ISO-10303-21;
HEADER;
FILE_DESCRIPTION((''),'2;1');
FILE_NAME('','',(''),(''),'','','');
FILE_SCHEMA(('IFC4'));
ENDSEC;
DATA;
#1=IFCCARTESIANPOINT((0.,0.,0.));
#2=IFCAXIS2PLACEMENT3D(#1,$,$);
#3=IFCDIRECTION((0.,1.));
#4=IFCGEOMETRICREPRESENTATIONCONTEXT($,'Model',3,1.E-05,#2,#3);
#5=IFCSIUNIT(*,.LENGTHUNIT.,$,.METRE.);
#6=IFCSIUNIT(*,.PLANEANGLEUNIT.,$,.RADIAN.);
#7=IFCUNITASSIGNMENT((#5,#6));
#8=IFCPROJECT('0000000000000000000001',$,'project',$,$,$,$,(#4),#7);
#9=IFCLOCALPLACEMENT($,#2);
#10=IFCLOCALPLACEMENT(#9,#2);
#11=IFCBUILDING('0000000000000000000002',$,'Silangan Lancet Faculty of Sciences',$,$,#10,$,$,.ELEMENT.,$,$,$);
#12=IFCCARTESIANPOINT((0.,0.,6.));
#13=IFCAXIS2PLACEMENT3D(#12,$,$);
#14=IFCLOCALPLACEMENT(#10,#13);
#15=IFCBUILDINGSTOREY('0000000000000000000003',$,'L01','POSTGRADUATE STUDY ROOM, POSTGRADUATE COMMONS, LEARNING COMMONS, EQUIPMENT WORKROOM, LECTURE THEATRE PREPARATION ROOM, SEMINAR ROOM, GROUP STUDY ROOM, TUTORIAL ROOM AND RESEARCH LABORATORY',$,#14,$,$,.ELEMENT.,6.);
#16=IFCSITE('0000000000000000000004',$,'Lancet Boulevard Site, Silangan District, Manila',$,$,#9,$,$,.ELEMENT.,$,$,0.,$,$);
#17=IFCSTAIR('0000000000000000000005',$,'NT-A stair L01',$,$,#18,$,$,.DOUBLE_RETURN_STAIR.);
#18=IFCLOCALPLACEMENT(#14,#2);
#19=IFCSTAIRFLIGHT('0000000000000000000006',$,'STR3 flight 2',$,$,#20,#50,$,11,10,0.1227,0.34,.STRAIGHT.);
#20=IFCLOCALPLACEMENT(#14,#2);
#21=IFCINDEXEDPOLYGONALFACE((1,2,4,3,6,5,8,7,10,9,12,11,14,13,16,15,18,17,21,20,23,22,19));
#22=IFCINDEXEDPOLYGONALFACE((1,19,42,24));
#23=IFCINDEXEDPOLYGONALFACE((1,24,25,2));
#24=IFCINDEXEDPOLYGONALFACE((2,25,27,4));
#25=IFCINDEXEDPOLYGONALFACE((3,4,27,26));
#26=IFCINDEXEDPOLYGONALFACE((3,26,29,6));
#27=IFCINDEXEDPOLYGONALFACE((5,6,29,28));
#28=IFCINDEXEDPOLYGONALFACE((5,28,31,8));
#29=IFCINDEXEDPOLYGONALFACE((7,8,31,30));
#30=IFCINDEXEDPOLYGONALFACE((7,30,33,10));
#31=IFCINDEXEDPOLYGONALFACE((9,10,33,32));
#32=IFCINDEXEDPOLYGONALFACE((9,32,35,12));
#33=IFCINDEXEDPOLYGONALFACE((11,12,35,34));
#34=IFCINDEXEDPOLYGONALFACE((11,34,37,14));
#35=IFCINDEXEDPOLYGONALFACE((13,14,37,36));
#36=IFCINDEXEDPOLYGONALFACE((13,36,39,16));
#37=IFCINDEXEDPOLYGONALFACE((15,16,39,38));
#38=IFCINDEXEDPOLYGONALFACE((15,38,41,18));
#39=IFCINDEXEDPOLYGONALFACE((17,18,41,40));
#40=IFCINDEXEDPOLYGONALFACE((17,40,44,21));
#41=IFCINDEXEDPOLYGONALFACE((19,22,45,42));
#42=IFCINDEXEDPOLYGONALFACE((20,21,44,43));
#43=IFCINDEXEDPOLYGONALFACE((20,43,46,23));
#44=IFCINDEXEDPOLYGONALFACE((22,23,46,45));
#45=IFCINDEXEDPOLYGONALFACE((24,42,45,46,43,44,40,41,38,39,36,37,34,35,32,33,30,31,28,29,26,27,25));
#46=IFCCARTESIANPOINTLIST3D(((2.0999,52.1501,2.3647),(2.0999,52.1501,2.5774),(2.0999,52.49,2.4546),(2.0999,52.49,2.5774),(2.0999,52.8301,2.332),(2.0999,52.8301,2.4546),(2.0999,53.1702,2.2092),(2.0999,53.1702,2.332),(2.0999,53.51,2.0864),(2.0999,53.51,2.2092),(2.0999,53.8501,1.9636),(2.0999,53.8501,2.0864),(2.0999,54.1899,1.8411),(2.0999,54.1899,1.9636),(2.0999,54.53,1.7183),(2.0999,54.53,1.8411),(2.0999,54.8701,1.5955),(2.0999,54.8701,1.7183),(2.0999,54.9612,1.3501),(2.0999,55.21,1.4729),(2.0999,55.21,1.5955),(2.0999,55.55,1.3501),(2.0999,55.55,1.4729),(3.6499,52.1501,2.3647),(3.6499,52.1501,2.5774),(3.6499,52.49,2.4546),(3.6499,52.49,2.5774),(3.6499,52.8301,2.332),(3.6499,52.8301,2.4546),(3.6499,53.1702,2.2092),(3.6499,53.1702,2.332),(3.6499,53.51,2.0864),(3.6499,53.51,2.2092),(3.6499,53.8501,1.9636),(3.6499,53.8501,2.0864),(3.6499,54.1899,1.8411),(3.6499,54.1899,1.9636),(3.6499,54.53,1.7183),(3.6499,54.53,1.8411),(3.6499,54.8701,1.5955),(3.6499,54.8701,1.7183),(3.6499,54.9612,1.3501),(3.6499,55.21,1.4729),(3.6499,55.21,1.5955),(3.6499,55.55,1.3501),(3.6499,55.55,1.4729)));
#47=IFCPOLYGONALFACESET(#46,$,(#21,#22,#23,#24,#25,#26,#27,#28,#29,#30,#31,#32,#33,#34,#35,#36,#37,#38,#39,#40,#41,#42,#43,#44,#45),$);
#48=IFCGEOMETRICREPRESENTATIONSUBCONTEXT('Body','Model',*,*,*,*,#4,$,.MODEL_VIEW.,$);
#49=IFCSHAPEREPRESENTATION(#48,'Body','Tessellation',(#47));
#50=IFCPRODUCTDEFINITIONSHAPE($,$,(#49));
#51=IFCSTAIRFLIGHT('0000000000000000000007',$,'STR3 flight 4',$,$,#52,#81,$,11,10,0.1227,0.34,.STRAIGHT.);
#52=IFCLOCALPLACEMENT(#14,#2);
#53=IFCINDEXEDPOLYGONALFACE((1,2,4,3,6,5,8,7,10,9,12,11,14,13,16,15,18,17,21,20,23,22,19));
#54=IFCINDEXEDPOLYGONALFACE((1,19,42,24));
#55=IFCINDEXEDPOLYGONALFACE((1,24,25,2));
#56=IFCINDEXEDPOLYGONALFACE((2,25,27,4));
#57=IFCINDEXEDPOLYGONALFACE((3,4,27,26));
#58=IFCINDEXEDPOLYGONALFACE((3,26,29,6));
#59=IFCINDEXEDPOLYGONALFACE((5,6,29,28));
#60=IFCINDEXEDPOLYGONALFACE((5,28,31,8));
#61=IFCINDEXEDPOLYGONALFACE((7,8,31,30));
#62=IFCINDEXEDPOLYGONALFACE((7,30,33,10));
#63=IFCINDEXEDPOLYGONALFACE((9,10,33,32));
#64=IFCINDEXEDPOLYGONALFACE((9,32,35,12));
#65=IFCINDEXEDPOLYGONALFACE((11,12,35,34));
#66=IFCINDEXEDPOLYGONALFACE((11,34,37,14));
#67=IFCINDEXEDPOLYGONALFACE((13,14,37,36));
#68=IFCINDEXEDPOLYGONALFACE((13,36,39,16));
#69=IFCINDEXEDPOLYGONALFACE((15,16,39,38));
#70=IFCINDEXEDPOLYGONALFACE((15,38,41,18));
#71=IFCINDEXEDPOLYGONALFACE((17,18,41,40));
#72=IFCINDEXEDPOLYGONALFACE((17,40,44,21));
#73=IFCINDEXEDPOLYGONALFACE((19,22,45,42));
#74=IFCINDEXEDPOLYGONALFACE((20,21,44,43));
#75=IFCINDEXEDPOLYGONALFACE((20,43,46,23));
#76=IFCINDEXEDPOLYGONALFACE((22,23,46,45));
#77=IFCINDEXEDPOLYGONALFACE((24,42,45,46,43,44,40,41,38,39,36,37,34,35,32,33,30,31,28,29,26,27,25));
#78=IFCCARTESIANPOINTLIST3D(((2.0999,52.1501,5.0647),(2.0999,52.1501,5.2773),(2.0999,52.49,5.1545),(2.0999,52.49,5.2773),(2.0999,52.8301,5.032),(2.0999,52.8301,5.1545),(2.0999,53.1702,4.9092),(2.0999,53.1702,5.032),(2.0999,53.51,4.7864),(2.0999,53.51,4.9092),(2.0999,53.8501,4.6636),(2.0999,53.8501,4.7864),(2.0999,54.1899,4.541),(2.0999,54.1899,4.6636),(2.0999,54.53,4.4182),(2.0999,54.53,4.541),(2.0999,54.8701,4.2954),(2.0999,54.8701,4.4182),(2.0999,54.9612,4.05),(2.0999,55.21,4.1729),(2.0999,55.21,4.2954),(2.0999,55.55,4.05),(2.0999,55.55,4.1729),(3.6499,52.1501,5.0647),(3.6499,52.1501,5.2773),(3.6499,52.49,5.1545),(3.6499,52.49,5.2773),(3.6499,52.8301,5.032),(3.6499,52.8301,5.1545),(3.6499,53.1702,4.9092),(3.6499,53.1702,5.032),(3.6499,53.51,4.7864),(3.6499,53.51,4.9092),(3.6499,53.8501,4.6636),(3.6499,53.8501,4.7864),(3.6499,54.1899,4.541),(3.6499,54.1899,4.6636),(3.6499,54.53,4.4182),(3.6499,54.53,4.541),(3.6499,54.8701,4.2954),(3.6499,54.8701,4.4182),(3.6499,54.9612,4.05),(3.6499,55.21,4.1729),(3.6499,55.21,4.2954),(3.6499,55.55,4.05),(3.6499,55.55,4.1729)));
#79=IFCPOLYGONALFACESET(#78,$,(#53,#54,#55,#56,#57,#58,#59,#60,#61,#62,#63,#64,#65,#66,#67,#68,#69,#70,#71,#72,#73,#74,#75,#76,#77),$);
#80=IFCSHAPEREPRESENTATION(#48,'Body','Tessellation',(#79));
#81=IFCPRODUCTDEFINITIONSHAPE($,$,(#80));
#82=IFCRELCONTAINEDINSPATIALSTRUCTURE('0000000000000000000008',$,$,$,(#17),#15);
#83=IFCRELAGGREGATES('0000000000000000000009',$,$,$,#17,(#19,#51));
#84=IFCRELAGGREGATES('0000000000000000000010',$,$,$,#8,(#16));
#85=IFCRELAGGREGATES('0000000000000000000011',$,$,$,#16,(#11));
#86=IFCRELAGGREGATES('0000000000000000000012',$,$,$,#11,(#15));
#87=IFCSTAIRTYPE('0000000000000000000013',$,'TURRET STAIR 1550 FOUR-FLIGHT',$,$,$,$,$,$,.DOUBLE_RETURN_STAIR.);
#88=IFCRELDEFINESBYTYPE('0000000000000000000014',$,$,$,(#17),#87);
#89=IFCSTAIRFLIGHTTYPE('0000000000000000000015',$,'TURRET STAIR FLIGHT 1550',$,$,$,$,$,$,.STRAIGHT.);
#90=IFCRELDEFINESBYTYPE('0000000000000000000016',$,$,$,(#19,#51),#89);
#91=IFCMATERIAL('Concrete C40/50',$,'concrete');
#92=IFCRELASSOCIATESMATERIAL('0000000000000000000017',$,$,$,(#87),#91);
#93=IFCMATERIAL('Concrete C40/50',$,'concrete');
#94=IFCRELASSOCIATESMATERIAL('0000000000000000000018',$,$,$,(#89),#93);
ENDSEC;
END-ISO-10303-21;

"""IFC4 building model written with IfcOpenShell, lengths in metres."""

from ifc_helpers import new_model, si_unit, direction, frame, origin, place, context, subcontext, project, spatial, polyline, outline, extrude, material, type_object, element, aggregate, save


model = new_model("IFC4")

# Units and contexts
model_context = context("Model", 3, precision=1e-05, world=origin(), true_north=direction((0.0, 1.0)))
body_context = subcontext(model_context, "Body", "Model", "MODEL_VIEW")
ifc_project = project(units=[si_unit("LENGTHUNIT", "METRE"), si_unit("PLANEANGLEUNIT", "RADIAN")], contexts=[model_context])

# Site, building, storey
site_placement = place(None, origin())
site = spatial("IfcSite", under=ifc_project, at=site_placement, Name="Lancet Boulevard Site, Silangan District, Manila", CompositionType="ELEMENT", RefElevation=0.0)
building_placement = place(site_placement, origin())
building = spatial("IfcBuilding", under=site, at=building_placement, Name="Silangan Lancet Faculty of Sciences", CompositionType="ELEMENT")
storey_placement = place(building_placement, frame((0.0, 0.0, 6.0)))
storey = spatial("IfcBuildingStorey", under=building, at=storey_placement, Name="L01", Description="POSTGRADUATE STUDY ROOM, POSTGRADUATE COMMONS, LEARNING COMMONS, EQUIPMENT WORKROOM, LECTURE THEATRE PREPARATION ROOM, SEMINAR ROOM, GROUP STUDY ROOM, TUTORIAL ROOM AND RESEARCH LABORATORY", CompositionType="ELEMENT", Elevation=6.0)

# Stair, stair flights
ifc_material_1 = material(Name="Concrete C40/50", Category="concrete")
stair_type = type_object("IfcStairType", Name="TURRET STAIR 1550 FOUR-FLIGHT", PredefinedType="DOUBLE_RETURN_STAIR", material=ifc_material_1)
stair_placement = place(storey_placement, origin())
stair = element("IfcStair", 1, at=stair_placement, inside=storey, type_object=stair_type, Name="NT-A stair L01", PredefinedType="DOUBLE_RETURN_STAIR")
ifc_material_2 = material(Name="Concrete C40/50", Category="concrete")
stair_flight_type = type_object("IfcStairFlightType", Name="TURRET STAIR FLIGHT 1550", PredefinedType="STRAIGHT", material=ifc_material_2)
stair_flight_1_placement = place(storey_placement, frame((2.875, 55.55, 1.3501), z_axis=(0.0, 0.0, 1.0), x_axis=(0.0, -1.0, 0.0)))
stair_flight_1 = element("IfcStairFlight", 2, at=stair_flight_1_placement, type_object=stair_flight_type, Name="STR3 flight 2", NumberOfRisers=11, NumberOfTreads=10, PredefinedType="STRAIGHT", RiserHeight=0.1227, TreadLength=0.34, context=body_context, shape_type="SweptSolid", body=[
    extrude(outline(polyline([(0.0, 0.0), (0.0, 0.1228), (0.3401, 0.1228), (0.3401, 0.2454), (0.6799, 0.2454), (0.6799, 0.3682), (1.02, 0.3682), (1.02, 0.491), (1.3601, 0.491), (1.3601, 0.6135), (1.7, 0.6135), (1.7, 0.7363), (2.04, 0.7363), (2.04, 0.8591), (2.3799, 0.8591), (2.3799, 0.9819), (2.72, 0.9819), (2.72, 1.1045), (3.0601, 1.1045), (3.0601, 1.2273), (3.3999, 1.2273), (3.3999, 1.3501), (3.3999, 1.0146), (0.5889, 0.0), (0.0, 0.0)])), frame((0.0, 0.7749, 0.0), z_axis=(0.0, -1.0, 0.0), x_axis=(1.0, 0.0, 0.0)), (0.0, 0.0, 1.0), 1.55),
])
stair_flight_2_placement = place(storey_placement, frame((2.875, 55.55, 4.05), z_axis=(0.0, 0.0, 1.0), x_axis=(0.0, -1.0, 0.0)))
stair_flight_2 = element("IfcStairFlight", 3, at=stair_flight_2_placement, type_object=stair_flight_type, Name="STR3 flight 4", NumberOfRisers=11, NumberOfTreads=10, PredefinedType="STRAIGHT", RiserHeight=0.1227, TreadLength=0.34, context=body_context, shape_type="SweptSolid", body=[
    extrude(outline(polyline([(0.0, 0.0), (0.0, 0.1228), (0.3401, 0.1228), (0.3401, 0.2454), (0.6799, 0.2454), (0.6799, 0.3682), (1.02, 0.3682), (1.02, 0.491), (1.3601, 0.491), (1.3601, 0.6135), (1.7, 0.6135), (1.7, 0.7363), (2.04, 0.7363), (2.04, 0.8591), (2.3799, 0.8591), (2.3799, 0.9819), (2.72, 0.9819), (2.72, 1.1045), (3.0601, 1.1045), (3.0601, 1.2273), (3.3999, 1.2273), (3.3999, 1.3501), (3.3999, 1.0146), (0.5889, 0.0), (0.0, 0.0)])), frame((0.0, 0.7749, 0.0), z_axis=(0.0, -1.0, 0.0), x_axis=(1.0, 0.0, 0.0)), (0.0, 0.0, 1.0), 1.55),
])
aggregate(stair, [stair_flight_1, stair_flight_2])

save(model, "model.ifc")
